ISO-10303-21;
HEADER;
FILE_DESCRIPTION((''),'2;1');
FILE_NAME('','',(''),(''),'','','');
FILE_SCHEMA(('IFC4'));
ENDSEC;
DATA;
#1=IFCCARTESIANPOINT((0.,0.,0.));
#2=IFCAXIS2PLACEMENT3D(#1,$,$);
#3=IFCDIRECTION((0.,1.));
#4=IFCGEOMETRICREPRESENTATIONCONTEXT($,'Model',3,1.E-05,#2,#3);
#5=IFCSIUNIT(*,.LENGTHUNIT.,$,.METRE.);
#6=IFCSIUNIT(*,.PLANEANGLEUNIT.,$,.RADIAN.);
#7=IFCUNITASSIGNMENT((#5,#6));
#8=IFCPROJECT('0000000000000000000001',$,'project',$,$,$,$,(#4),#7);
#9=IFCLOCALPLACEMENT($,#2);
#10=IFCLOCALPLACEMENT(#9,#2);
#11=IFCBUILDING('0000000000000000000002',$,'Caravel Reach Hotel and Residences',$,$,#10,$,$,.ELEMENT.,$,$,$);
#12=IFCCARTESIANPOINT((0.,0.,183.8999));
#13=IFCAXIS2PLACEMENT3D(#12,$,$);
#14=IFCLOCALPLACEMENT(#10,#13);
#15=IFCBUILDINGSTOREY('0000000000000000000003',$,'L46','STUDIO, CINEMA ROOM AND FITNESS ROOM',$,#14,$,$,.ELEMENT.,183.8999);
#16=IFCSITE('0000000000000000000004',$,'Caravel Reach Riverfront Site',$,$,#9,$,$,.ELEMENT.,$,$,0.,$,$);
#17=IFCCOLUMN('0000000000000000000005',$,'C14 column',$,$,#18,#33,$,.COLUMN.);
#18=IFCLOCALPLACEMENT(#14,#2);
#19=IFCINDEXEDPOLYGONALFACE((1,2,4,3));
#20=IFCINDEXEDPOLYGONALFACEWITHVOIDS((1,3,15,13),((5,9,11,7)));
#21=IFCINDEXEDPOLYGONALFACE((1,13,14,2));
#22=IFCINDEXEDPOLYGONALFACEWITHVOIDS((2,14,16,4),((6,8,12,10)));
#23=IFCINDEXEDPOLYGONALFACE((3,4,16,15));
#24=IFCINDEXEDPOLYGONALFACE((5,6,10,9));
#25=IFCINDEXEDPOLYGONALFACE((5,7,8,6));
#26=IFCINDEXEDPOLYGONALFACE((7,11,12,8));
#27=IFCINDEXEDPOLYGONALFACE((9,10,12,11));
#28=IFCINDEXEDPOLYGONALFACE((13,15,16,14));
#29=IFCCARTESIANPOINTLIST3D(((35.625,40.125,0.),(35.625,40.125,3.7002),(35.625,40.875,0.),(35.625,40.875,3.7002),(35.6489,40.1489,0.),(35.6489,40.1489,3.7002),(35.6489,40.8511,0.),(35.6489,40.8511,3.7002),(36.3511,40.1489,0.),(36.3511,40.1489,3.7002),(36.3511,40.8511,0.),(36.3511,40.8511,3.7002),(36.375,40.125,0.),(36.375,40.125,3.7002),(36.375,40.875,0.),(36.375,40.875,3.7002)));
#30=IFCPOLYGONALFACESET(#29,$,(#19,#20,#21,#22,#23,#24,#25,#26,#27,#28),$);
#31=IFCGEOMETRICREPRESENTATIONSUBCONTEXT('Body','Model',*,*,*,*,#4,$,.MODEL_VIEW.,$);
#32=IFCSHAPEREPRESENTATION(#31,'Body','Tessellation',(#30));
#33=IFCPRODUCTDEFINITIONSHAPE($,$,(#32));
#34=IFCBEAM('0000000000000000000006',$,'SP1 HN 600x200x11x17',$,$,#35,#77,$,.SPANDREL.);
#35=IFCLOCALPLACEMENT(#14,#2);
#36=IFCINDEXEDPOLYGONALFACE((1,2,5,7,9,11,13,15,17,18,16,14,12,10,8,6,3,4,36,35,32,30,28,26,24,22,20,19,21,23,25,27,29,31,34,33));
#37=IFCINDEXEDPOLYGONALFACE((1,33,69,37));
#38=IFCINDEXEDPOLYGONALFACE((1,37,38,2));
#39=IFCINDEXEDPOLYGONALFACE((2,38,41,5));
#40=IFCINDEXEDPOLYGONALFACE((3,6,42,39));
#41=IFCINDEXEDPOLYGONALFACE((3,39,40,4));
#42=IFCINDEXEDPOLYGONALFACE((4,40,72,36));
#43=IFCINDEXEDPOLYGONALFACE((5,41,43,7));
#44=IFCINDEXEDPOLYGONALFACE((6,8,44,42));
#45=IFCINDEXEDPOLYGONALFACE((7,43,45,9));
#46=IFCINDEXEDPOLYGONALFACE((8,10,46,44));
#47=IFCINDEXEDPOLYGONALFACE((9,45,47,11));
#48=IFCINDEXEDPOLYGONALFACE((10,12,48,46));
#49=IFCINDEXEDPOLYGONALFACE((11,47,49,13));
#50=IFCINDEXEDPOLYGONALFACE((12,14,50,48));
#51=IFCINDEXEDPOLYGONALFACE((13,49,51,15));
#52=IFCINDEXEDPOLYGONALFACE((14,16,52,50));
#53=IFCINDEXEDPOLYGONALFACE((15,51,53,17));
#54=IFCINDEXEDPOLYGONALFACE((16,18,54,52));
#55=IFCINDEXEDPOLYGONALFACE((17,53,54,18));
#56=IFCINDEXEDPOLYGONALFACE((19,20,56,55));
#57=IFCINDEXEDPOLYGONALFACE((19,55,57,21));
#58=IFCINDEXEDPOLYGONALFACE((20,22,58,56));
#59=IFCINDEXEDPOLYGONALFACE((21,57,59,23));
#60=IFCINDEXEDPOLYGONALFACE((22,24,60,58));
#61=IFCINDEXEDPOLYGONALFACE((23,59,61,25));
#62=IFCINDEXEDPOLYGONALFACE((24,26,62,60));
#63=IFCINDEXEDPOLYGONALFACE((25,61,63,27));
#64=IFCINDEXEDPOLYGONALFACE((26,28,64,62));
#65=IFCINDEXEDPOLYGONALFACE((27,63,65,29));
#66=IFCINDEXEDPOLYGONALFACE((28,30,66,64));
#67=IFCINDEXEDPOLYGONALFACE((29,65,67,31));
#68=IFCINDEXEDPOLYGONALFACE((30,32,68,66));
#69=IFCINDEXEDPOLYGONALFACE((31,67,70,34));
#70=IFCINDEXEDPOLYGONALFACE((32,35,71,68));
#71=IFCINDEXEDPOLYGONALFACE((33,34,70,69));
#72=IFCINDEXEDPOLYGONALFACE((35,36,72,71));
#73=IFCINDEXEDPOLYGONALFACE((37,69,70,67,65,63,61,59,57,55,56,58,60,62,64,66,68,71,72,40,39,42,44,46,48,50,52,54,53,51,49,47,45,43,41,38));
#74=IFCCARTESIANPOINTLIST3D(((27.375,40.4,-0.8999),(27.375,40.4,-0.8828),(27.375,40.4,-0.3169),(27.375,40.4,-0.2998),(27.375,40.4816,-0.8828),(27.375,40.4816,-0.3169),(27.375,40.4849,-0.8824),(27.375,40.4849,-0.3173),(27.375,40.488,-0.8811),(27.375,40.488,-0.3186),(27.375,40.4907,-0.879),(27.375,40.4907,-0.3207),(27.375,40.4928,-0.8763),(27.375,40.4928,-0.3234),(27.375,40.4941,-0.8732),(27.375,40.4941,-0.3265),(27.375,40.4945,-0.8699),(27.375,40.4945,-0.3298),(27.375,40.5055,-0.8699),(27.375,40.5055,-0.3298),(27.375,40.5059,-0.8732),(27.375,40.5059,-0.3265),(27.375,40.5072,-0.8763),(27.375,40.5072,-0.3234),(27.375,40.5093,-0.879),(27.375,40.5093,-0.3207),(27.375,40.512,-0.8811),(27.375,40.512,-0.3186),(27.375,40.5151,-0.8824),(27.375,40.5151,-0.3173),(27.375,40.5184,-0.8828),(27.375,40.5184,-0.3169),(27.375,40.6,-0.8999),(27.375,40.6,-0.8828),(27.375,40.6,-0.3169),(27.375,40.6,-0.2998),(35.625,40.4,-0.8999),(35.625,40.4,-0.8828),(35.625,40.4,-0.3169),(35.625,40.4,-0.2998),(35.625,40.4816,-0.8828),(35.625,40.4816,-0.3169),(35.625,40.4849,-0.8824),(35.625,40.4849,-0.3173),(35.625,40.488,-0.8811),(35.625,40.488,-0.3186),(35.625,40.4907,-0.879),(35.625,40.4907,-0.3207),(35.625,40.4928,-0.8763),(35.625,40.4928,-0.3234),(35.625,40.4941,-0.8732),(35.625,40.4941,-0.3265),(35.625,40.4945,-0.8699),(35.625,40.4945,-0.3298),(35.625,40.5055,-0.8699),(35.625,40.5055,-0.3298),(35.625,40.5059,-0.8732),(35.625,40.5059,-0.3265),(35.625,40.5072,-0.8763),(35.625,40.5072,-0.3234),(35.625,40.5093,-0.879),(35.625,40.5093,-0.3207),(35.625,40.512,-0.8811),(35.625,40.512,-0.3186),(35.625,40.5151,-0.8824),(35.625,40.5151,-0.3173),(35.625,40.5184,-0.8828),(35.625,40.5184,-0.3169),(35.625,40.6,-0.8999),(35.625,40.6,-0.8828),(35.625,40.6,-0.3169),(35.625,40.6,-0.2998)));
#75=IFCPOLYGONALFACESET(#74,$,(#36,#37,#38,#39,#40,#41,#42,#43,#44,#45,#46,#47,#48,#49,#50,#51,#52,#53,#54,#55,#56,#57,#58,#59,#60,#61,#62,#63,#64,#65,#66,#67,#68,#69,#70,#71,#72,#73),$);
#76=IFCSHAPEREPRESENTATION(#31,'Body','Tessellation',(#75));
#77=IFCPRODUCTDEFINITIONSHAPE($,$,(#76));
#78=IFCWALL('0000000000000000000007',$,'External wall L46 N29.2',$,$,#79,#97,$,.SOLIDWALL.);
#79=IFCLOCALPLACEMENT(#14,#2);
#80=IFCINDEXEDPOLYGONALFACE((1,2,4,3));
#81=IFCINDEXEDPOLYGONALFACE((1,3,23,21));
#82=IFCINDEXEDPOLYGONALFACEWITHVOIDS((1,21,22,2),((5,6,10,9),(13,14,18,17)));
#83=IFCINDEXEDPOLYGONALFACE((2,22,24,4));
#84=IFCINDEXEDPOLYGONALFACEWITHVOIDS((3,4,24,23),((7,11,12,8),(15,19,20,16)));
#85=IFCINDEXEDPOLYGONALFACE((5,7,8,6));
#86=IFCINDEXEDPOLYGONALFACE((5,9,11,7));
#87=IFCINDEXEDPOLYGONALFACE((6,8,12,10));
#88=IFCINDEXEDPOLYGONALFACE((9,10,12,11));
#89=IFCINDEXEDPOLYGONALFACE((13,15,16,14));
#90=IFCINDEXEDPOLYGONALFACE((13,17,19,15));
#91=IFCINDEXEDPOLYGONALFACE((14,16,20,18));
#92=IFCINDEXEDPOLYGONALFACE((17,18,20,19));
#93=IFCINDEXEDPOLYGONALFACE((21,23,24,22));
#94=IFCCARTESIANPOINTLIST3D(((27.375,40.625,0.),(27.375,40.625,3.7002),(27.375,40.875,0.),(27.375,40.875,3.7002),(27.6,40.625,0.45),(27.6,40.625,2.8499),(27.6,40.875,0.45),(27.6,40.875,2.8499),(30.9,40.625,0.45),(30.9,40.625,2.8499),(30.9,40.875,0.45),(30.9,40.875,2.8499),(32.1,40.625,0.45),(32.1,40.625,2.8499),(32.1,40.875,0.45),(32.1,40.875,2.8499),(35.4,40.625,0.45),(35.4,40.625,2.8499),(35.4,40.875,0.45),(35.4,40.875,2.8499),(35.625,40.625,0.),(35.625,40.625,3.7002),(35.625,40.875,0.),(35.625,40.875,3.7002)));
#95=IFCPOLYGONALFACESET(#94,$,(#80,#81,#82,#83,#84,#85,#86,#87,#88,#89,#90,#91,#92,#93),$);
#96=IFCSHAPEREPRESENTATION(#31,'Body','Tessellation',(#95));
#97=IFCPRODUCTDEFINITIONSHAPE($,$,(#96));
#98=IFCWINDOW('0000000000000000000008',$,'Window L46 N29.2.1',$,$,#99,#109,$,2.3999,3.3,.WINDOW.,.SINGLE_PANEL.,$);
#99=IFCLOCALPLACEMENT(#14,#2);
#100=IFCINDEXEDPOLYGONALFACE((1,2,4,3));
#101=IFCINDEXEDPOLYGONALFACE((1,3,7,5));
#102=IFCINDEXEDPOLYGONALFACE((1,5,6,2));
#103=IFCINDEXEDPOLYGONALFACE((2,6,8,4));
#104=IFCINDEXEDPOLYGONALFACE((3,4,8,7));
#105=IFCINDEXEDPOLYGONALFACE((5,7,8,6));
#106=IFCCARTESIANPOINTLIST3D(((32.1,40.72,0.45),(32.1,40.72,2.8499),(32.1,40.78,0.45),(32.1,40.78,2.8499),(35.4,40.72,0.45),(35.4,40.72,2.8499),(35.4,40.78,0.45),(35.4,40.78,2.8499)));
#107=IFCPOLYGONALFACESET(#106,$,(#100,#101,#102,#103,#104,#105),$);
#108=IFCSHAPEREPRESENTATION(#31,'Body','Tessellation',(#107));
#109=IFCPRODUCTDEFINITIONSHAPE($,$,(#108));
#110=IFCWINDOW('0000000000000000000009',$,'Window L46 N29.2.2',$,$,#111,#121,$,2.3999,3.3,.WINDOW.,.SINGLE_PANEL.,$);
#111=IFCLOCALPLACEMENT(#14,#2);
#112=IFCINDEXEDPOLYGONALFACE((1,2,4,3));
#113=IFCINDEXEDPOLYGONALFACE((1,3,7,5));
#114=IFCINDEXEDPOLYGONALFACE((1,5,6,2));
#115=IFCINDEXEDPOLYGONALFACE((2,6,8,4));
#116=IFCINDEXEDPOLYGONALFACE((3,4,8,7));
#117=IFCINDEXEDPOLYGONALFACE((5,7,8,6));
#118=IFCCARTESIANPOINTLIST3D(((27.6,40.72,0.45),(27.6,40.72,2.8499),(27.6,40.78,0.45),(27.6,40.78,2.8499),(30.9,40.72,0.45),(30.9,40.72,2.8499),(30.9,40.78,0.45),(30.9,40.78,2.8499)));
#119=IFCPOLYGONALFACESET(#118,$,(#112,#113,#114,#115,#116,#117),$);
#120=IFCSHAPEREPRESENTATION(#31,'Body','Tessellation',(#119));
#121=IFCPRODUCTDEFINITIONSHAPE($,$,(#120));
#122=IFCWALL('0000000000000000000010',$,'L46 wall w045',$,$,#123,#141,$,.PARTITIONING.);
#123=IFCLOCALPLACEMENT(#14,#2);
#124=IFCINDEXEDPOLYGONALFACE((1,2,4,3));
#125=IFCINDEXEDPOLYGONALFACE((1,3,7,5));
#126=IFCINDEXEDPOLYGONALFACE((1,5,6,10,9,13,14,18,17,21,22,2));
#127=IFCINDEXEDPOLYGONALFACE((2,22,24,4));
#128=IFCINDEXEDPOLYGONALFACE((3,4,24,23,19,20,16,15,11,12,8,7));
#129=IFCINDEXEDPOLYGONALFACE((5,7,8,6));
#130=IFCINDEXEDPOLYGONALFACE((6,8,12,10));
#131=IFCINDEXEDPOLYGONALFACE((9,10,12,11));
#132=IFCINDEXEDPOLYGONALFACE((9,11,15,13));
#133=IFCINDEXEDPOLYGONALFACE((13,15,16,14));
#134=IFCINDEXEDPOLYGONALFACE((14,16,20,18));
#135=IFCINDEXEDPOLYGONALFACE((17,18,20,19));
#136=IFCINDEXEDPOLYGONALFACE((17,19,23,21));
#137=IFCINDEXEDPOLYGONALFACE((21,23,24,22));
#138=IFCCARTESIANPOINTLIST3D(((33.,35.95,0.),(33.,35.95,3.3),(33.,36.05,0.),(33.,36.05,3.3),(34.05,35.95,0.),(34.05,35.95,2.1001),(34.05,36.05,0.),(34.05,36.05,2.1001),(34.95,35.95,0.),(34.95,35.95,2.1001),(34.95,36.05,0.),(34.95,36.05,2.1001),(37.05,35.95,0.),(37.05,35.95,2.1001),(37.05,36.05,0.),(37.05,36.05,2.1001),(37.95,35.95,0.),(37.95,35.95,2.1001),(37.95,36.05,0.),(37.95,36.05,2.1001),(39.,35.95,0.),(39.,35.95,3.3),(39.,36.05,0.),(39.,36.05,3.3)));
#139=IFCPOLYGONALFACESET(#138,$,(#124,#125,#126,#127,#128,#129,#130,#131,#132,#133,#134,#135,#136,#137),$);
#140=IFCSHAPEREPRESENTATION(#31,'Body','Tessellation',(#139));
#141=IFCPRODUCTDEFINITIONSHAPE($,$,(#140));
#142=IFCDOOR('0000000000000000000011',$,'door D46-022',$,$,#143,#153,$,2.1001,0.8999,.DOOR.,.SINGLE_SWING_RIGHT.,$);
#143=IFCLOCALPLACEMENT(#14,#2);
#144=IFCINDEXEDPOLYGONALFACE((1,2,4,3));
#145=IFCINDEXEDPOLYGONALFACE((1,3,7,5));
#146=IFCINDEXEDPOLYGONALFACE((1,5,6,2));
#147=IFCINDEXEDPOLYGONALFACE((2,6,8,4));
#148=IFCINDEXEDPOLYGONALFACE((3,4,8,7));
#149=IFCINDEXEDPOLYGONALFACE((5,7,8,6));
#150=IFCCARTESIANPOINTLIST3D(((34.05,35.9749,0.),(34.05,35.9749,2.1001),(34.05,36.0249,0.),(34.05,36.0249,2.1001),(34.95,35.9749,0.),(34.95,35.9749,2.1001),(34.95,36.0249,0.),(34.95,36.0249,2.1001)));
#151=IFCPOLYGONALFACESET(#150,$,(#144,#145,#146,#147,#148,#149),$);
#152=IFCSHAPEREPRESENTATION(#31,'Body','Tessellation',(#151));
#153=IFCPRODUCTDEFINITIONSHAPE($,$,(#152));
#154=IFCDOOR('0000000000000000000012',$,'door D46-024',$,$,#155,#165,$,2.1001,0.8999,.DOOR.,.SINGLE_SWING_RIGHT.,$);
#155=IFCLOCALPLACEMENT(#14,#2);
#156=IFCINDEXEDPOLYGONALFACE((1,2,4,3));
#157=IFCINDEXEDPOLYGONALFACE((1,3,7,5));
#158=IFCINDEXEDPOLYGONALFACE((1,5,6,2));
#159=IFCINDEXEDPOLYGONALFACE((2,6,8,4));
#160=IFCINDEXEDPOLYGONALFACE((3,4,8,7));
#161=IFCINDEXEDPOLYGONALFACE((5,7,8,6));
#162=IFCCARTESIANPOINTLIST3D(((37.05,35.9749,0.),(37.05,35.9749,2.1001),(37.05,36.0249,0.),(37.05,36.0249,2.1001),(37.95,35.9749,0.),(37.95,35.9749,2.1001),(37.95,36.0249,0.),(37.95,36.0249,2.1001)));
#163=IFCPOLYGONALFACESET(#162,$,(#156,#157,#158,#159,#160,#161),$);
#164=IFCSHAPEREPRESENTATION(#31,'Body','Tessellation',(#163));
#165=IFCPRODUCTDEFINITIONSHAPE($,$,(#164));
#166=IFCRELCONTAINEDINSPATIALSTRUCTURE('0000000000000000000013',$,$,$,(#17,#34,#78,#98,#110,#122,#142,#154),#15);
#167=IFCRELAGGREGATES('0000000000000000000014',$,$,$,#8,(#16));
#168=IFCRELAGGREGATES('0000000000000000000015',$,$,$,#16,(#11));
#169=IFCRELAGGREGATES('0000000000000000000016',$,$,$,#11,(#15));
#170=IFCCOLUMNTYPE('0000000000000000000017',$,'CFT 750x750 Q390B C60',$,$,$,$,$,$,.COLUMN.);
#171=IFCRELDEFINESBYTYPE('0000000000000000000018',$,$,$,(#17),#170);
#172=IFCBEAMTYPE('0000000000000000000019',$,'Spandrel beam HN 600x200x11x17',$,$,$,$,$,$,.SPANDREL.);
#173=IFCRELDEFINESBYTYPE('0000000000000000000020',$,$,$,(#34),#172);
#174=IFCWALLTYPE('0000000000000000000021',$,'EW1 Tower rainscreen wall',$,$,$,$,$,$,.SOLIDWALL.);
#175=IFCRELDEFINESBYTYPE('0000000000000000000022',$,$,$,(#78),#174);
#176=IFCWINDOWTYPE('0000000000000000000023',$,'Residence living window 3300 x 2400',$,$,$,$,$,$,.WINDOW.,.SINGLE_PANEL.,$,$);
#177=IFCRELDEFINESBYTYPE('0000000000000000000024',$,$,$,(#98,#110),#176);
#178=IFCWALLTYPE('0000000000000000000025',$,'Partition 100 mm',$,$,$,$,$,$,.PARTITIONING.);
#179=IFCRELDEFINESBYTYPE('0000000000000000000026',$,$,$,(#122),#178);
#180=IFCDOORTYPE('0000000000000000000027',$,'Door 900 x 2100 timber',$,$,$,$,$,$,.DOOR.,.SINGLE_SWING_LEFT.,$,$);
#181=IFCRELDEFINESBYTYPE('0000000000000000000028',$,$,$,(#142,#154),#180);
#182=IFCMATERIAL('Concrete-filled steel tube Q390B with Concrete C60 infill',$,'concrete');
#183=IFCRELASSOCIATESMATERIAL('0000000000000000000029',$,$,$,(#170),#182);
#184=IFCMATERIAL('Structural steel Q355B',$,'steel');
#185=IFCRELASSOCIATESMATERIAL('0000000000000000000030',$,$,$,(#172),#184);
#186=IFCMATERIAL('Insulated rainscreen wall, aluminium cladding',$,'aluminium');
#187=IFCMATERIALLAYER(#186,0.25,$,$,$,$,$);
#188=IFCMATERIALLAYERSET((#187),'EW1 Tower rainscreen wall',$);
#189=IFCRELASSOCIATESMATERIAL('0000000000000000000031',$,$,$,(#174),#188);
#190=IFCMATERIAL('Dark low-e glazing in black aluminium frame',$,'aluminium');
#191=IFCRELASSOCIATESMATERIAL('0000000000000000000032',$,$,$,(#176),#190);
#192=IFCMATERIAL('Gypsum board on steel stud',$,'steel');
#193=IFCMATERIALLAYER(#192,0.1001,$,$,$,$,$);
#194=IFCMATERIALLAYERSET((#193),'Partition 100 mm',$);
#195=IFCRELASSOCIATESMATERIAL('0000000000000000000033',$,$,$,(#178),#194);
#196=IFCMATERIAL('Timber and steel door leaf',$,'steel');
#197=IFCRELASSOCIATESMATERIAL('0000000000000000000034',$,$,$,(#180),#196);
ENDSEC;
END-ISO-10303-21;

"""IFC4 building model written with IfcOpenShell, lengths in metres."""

from ifc_helpers import new_model, si_unit, direction, frame, frame_2d, origin, origin_2d, place, context, subcontext, project, spatial, rectangle, hollow_rectangle, i_section, extrude, material, layer, layer_set, material_profile, profile_set, type_object, element, fill, save


model = new_model("IFC4")

# Units and contexts
model_context = context("Model", 3, precision=1e-05, world=origin(), true_north=direction((0.0, 1.0)))
body_context = subcontext(model_context, "Body", "Model", "MODEL_VIEW")
ifc_project = project(units=[si_unit("LENGTHUNIT", "METRE"), si_unit("PLANEANGLEUNIT", "RADIAN")], contexts=[model_context])

# Site, building, storey
site_placement = place(None, origin())
site = spatial("IfcSite", under=ifc_project, at=site_placement, Name="Caravel Reach Riverfront Site", CompositionType="ELEMENT", RefElevation=0.0)
building_placement = place(site_placement, origin())
building = spatial("IfcBuilding", under=site, at=building_placement, Name="Caravel Reach Hotel and Residences", CompositionType="ELEMENT")
storey_placement = place(building_placement, frame((0.0, 0.0, 183.8999)))
storey = spatial("IfcBuildingStorey", under=building, at=storey_placement, Name="L46", Description="STUDIO, CINEMA ROOM AND FITNESS ROOM", CompositionType="ELEMENT", Elevation=183.8999)

# Column
ifc_material_1 = material(Name="Concrete-filled steel tube Q390B with Concrete C60 infill", Category="concrete")
ifc_material_profile_1 = material_profile(ifc_material_1, hollow_rectangle(XDim=0.75, YDim=0.75, WallThickness=0.0239, at=origin_2d()), Name="RHS 750x750x24")
ifc_profile_set_1 = profile_set([ifc_material_profile_1], Name="Concrete-filled steel tube Q390B with Concrete C60 infill")
column_type = type_object("IfcColumnType", Name="CFT 750x750 Q390B C60", PredefinedType="COLUMN", material=ifc_profile_set_1)
column_placement = place(storey_placement, frame((36.0, 40.5, 0.0), z_axis=(0.0, 0.0, 1.0), x_axis=(1.0, 0.0, 0.0)))
element("IfcColumn", 1, at=column_placement, inside=storey, type_object=column_type, Name="C14 column", PredefinedType="COLUMN", context=body_context, shape_type="SweptSolid", body=[
    extrude(hollow_rectangle(XDim=0.75, YDim=0.75, WallThickness=0.0239, at=origin_2d()), origin(), (0.0, 0.0, 1.0), 3.7002),
])

# Beam
ifc_material_2 = material(Name="Structural steel Q355B", Category="steel")
ifc_material_profile_2 = material_profile(ifc_material_2, i_section(OverallWidth=0.2, OverallDepth=0.6001, WebThickness=0.011, FlangeThickness=0.0171, FilletRadius=0.0129, at=origin_2d()), Name="HN 600x200x11x17")
ifc_profile_set_2 = profile_set([ifc_material_profile_2], Name="Structural steel Q355B")
beam_type = type_object("IfcBeamType", Name="Spandrel beam HN 600x200x11x17", PredefinedType="SPANDREL", material=ifc_profile_set_2)
beam_placement = place(storey_placement, frame((35.625, 40.5, -0.5999), z_axis=(-1.0, 0.0, 0.0), x_axis=(0.0, -1.0, 0.0)))
element("IfcBeam", 2, at=beam_placement, inside=storey, type_object=beam_type, Name="SP1 HN 600x200x11x17", PredefinedType="SPANDREL", context=body_context, shape_type="SweptSolid", body=[
    extrude(i_section(OverallWidth=0.2, OverallDepth=0.6001, WebThickness=0.011, FlangeThickness=0.0171, FilletRadius=0.0129, at=origin_2d()), origin(), (0.0, 0.0, 1.0), 8.25),
])

# Wall, openings, windows
ifc_material_3 = material(Name="Insulated rainscreen wall, aluminium cladding", Category="aluminium")
ifc_layer_1 = layer(ifc_material_3, 0.25)
ifc_layer_set_1 = layer_set([ifc_layer_1], Name="EW1 Tower rainscreen wall")
wall_type_1 = type_object("IfcWallType", Name="EW1 Tower rainscreen wall", PredefinedType="SOLIDWALL", material=ifc_layer_set_1)
wall_1_placement = place(storey_placement, frame((35.625, 40.75, 0.0), z_axis=(0.0, 0.0, 1.0), x_axis=(-1.0, 0.0, 0.0)))
wall_1 = element("IfcWall", 3, at=wall_1_placement, inside=storey, type_object=wall_type_1, Name="External wall L46 N29.2", PredefinedType="SOLIDWALL", context=body_context, shape_type="SweptSolid", body=[
    extrude(rectangle(XDim=8.25, YDim=0.25, at=frame_2d((4.125, 0.0))), origin(), (0.0, 0.0, 1.0), 3.7002),
])
opening_1_placement = place(wall_1_placement, frame((0.2251, 0.0, 0.45)))
opening_1 = element("IfcOpeningElement", 4, at=opening_1_placement, cuts=wall_1, PredefinedType="OPENING", context=body_context, shape_type="SweptSolid", body=[
    extrude(rectangle(XDim=3.3, YDim=2.3999, at=frame_2d((1.6499, 1.2))), frame((0.0, 0.135, 0.0), z_axis=(0.0, -1.0, 0.0), x_axis=(1.0, 0.0, 0.0)), (0.0, 0.0, 1.0), 0.27),
])
opening_2_placement = place(wall_1_placement, frame((4.7251, 0.0, 0.45)))
opening_2 = element("IfcOpeningElement", 5, at=opening_2_placement, cuts=wall_1, PredefinedType="OPENING", context=body_context, shape_type="SweptSolid", body=[
    extrude(rectangle(XDim=3.3, YDim=2.3999, at=frame_2d((1.6499, 1.2))), frame((0.0, 0.135, 0.0), z_axis=(0.0, -1.0, 0.0), x_axis=(1.0, 0.0, 0.0)), (0.0, 0.0, 1.0), 0.27),
])
ifc_material_4 = material(Name="Dark low-e glazing in black aluminium frame", Category="aluminium")
window_type = type_object("IfcWindowType", Name="Residence living window 3300 x 2400", PartitioningType="SINGLE_PANEL", PredefinedType="WINDOW", material=ifc_material_4)
window_1_placement = place(opening_1_placement, origin())
window_1 = element("IfcWindow", 6, at=window_1_placement, inside=storey, type_object=window_type, Name="Window L46 N29.2.1", OverallHeight=2.3999, OverallWidth=3.3, PartitioningType="SINGLE_PANEL", PredefinedType="WINDOW", context=body_context, shape_type="SweptSolid", body=[
    extrude(rectangle(XDim=3.3, YDim=2.3999, at=frame_2d((1.6499, 1.2))), frame((0.0, 0.03, 0.0), z_axis=(0.0, -1.0, 0.0), x_axis=(1.0, 0.0, 0.0)), (0.0, 0.0, 1.0), 0.0601),
])
fill(opening_1, window_1)
window_2_placement = place(opening_2_placement, origin())
window_2 = element("IfcWindow", 7, at=window_2_placement, inside=storey, type_object=window_type, Name="Window L46 N29.2.2", OverallHeight=2.3999, OverallWidth=3.3, PartitioningType="SINGLE_PANEL", PredefinedType="WINDOW", context=body_context, shape_type="SweptSolid", body=[
    extrude(rectangle(XDim=3.3, YDim=2.3999, at=frame_2d((1.6499, 1.2))), frame((0.0, 0.03, 0.0), z_axis=(0.0, -1.0, 0.0), x_axis=(1.0, 0.0, 0.0)), (0.0, 0.0, 1.0), 0.0601),
])
fill(opening_2, window_2)

# Wall, openings, doors
ifc_material_5 = material(Name="Gypsum board on steel stud", Category="steel")
ifc_layer_2 = layer(ifc_material_5, 0.1001)
ifc_layer_set_2 = layer_set([ifc_layer_2], Name="Partition 100 mm")
wall_type_2 = type_object("IfcWallType", Name="Partition 100 mm", PredefinedType="PARTITIONING", material=ifc_layer_set_2)
wall_2_placement = place(storey_placement, frame((33.0, 36.0, 0.0), z_axis=(0.0, 0.0, 1.0), x_axis=(1.0, 0.0, 0.0)))
wall_2 = element("IfcWall", 8, at=wall_2_placement, inside=storey, type_object=wall_type_2, Name="L46 wall w045", PredefinedType="PARTITIONING", context=body_context, shape_type="SweptSolid", body=[
    extrude(rectangle(XDim=6.0, YDim=0.1001, at=frame_2d((3.0, 0.0))), origin(), (0.0, 0.0, 1.0), 3.3),
])
opening_3_placement = place(wall_2_placement, frame((1.05, 0.0, 0.0)))
opening_3 = element("IfcOpeningElement", 9, at=opening_3_placement, cuts=wall_2, PredefinedType="OPENING", context=body_context, shape_type="SweptSolid", body=[
    extrude(rectangle(XDim=0.8999, YDim=2.1001, at=frame_2d((0.45, 1.05))), frame((0.0, 0.0601, 0.0), z_axis=(0.0, -1.0, 0.0), x_axis=(1.0, 0.0, 0.0)), (0.0, 0.0, 1.0), 0.1201),
])
opening_4_placement = place(wall_2_placement, frame((4.05, 0.0, 0.0)))
opening_4 = element("IfcOpeningElement", 10, at=opening_4_placement, cuts=wall_2, PredefinedType="OPENING", context=body_context, shape_type="SweptSolid", body=[
    extrude(rectangle(XDim=0.8999, YDim=2.1001, at=frame_2d((0.45, 1.05))), frame((0.0, 0.0601, 0.0), z_axis=(0.0, -1.0, 0.0), x_axis=(1.0, 0.0, 0.0)), (0.0, 0.0, 1.0), 0.1201),
])
ifc_material_6 = material(Name="Timber and steel door leaf", Category="steel")
door_type = type_object("IfcDoorType", Name="Door 900 x 2100 timber", OperationType="SINGLE_SWING_LEFT", PredefinedType="DOOR", material=ifc_material_6)
door_1_placement = place(opening_3_placement, origin())
door_1 = element("IfcDoor", 11, at=door_1_placement, inside=storey, type_object=door_type, Name="door D46-022", OperationType="SINGLE_SWING_RIGHT", OverallHeight=2.1001, OverallWidth=0.8999, PredefinedType="DOOR", context=body_context, shape_type="SweptSolid", body=[
    extrude(rectangle(XDim=0.8999, YDim=2.1001, at=frame_2d((0.45, 1.05))), frame((0.0, 0.0249, 0.0), z_axis=(0.0, -1.0, 0.0), x_axis=(1.0, 0.0, 0.0)), (0.0, 0.0, 1.0), 0.05),
])
fill(opening_3, door_1)
door_2_placement = place(opening_4_placement, origin())
door_2 = element("IfcDoor", 12, at=door_2_placement, inside=storey, type_object=door_type, Name="door D46-024", OperationType="SINGLE_SWING_RIGHT", OverallHeight=2.1001, OverallWidth=0.8999, PredefinedType="DOOR", context=body_context, shape_type="SweptSolid", body=[
    extrude(rectangle(XDim=0.8999, YDim=2.1001, at=frame_2d((0.45, 1.05))), frame((0.0, 0.0249, 0.0), z_axis=(0.0, -1.0, 0.0), x_axis=(1.0, 0.0, 0.0)), (0.0, 0.0, 1.0), 0.05),
])
fill(opening_4, door_2)

save(model, "model.ifc")
